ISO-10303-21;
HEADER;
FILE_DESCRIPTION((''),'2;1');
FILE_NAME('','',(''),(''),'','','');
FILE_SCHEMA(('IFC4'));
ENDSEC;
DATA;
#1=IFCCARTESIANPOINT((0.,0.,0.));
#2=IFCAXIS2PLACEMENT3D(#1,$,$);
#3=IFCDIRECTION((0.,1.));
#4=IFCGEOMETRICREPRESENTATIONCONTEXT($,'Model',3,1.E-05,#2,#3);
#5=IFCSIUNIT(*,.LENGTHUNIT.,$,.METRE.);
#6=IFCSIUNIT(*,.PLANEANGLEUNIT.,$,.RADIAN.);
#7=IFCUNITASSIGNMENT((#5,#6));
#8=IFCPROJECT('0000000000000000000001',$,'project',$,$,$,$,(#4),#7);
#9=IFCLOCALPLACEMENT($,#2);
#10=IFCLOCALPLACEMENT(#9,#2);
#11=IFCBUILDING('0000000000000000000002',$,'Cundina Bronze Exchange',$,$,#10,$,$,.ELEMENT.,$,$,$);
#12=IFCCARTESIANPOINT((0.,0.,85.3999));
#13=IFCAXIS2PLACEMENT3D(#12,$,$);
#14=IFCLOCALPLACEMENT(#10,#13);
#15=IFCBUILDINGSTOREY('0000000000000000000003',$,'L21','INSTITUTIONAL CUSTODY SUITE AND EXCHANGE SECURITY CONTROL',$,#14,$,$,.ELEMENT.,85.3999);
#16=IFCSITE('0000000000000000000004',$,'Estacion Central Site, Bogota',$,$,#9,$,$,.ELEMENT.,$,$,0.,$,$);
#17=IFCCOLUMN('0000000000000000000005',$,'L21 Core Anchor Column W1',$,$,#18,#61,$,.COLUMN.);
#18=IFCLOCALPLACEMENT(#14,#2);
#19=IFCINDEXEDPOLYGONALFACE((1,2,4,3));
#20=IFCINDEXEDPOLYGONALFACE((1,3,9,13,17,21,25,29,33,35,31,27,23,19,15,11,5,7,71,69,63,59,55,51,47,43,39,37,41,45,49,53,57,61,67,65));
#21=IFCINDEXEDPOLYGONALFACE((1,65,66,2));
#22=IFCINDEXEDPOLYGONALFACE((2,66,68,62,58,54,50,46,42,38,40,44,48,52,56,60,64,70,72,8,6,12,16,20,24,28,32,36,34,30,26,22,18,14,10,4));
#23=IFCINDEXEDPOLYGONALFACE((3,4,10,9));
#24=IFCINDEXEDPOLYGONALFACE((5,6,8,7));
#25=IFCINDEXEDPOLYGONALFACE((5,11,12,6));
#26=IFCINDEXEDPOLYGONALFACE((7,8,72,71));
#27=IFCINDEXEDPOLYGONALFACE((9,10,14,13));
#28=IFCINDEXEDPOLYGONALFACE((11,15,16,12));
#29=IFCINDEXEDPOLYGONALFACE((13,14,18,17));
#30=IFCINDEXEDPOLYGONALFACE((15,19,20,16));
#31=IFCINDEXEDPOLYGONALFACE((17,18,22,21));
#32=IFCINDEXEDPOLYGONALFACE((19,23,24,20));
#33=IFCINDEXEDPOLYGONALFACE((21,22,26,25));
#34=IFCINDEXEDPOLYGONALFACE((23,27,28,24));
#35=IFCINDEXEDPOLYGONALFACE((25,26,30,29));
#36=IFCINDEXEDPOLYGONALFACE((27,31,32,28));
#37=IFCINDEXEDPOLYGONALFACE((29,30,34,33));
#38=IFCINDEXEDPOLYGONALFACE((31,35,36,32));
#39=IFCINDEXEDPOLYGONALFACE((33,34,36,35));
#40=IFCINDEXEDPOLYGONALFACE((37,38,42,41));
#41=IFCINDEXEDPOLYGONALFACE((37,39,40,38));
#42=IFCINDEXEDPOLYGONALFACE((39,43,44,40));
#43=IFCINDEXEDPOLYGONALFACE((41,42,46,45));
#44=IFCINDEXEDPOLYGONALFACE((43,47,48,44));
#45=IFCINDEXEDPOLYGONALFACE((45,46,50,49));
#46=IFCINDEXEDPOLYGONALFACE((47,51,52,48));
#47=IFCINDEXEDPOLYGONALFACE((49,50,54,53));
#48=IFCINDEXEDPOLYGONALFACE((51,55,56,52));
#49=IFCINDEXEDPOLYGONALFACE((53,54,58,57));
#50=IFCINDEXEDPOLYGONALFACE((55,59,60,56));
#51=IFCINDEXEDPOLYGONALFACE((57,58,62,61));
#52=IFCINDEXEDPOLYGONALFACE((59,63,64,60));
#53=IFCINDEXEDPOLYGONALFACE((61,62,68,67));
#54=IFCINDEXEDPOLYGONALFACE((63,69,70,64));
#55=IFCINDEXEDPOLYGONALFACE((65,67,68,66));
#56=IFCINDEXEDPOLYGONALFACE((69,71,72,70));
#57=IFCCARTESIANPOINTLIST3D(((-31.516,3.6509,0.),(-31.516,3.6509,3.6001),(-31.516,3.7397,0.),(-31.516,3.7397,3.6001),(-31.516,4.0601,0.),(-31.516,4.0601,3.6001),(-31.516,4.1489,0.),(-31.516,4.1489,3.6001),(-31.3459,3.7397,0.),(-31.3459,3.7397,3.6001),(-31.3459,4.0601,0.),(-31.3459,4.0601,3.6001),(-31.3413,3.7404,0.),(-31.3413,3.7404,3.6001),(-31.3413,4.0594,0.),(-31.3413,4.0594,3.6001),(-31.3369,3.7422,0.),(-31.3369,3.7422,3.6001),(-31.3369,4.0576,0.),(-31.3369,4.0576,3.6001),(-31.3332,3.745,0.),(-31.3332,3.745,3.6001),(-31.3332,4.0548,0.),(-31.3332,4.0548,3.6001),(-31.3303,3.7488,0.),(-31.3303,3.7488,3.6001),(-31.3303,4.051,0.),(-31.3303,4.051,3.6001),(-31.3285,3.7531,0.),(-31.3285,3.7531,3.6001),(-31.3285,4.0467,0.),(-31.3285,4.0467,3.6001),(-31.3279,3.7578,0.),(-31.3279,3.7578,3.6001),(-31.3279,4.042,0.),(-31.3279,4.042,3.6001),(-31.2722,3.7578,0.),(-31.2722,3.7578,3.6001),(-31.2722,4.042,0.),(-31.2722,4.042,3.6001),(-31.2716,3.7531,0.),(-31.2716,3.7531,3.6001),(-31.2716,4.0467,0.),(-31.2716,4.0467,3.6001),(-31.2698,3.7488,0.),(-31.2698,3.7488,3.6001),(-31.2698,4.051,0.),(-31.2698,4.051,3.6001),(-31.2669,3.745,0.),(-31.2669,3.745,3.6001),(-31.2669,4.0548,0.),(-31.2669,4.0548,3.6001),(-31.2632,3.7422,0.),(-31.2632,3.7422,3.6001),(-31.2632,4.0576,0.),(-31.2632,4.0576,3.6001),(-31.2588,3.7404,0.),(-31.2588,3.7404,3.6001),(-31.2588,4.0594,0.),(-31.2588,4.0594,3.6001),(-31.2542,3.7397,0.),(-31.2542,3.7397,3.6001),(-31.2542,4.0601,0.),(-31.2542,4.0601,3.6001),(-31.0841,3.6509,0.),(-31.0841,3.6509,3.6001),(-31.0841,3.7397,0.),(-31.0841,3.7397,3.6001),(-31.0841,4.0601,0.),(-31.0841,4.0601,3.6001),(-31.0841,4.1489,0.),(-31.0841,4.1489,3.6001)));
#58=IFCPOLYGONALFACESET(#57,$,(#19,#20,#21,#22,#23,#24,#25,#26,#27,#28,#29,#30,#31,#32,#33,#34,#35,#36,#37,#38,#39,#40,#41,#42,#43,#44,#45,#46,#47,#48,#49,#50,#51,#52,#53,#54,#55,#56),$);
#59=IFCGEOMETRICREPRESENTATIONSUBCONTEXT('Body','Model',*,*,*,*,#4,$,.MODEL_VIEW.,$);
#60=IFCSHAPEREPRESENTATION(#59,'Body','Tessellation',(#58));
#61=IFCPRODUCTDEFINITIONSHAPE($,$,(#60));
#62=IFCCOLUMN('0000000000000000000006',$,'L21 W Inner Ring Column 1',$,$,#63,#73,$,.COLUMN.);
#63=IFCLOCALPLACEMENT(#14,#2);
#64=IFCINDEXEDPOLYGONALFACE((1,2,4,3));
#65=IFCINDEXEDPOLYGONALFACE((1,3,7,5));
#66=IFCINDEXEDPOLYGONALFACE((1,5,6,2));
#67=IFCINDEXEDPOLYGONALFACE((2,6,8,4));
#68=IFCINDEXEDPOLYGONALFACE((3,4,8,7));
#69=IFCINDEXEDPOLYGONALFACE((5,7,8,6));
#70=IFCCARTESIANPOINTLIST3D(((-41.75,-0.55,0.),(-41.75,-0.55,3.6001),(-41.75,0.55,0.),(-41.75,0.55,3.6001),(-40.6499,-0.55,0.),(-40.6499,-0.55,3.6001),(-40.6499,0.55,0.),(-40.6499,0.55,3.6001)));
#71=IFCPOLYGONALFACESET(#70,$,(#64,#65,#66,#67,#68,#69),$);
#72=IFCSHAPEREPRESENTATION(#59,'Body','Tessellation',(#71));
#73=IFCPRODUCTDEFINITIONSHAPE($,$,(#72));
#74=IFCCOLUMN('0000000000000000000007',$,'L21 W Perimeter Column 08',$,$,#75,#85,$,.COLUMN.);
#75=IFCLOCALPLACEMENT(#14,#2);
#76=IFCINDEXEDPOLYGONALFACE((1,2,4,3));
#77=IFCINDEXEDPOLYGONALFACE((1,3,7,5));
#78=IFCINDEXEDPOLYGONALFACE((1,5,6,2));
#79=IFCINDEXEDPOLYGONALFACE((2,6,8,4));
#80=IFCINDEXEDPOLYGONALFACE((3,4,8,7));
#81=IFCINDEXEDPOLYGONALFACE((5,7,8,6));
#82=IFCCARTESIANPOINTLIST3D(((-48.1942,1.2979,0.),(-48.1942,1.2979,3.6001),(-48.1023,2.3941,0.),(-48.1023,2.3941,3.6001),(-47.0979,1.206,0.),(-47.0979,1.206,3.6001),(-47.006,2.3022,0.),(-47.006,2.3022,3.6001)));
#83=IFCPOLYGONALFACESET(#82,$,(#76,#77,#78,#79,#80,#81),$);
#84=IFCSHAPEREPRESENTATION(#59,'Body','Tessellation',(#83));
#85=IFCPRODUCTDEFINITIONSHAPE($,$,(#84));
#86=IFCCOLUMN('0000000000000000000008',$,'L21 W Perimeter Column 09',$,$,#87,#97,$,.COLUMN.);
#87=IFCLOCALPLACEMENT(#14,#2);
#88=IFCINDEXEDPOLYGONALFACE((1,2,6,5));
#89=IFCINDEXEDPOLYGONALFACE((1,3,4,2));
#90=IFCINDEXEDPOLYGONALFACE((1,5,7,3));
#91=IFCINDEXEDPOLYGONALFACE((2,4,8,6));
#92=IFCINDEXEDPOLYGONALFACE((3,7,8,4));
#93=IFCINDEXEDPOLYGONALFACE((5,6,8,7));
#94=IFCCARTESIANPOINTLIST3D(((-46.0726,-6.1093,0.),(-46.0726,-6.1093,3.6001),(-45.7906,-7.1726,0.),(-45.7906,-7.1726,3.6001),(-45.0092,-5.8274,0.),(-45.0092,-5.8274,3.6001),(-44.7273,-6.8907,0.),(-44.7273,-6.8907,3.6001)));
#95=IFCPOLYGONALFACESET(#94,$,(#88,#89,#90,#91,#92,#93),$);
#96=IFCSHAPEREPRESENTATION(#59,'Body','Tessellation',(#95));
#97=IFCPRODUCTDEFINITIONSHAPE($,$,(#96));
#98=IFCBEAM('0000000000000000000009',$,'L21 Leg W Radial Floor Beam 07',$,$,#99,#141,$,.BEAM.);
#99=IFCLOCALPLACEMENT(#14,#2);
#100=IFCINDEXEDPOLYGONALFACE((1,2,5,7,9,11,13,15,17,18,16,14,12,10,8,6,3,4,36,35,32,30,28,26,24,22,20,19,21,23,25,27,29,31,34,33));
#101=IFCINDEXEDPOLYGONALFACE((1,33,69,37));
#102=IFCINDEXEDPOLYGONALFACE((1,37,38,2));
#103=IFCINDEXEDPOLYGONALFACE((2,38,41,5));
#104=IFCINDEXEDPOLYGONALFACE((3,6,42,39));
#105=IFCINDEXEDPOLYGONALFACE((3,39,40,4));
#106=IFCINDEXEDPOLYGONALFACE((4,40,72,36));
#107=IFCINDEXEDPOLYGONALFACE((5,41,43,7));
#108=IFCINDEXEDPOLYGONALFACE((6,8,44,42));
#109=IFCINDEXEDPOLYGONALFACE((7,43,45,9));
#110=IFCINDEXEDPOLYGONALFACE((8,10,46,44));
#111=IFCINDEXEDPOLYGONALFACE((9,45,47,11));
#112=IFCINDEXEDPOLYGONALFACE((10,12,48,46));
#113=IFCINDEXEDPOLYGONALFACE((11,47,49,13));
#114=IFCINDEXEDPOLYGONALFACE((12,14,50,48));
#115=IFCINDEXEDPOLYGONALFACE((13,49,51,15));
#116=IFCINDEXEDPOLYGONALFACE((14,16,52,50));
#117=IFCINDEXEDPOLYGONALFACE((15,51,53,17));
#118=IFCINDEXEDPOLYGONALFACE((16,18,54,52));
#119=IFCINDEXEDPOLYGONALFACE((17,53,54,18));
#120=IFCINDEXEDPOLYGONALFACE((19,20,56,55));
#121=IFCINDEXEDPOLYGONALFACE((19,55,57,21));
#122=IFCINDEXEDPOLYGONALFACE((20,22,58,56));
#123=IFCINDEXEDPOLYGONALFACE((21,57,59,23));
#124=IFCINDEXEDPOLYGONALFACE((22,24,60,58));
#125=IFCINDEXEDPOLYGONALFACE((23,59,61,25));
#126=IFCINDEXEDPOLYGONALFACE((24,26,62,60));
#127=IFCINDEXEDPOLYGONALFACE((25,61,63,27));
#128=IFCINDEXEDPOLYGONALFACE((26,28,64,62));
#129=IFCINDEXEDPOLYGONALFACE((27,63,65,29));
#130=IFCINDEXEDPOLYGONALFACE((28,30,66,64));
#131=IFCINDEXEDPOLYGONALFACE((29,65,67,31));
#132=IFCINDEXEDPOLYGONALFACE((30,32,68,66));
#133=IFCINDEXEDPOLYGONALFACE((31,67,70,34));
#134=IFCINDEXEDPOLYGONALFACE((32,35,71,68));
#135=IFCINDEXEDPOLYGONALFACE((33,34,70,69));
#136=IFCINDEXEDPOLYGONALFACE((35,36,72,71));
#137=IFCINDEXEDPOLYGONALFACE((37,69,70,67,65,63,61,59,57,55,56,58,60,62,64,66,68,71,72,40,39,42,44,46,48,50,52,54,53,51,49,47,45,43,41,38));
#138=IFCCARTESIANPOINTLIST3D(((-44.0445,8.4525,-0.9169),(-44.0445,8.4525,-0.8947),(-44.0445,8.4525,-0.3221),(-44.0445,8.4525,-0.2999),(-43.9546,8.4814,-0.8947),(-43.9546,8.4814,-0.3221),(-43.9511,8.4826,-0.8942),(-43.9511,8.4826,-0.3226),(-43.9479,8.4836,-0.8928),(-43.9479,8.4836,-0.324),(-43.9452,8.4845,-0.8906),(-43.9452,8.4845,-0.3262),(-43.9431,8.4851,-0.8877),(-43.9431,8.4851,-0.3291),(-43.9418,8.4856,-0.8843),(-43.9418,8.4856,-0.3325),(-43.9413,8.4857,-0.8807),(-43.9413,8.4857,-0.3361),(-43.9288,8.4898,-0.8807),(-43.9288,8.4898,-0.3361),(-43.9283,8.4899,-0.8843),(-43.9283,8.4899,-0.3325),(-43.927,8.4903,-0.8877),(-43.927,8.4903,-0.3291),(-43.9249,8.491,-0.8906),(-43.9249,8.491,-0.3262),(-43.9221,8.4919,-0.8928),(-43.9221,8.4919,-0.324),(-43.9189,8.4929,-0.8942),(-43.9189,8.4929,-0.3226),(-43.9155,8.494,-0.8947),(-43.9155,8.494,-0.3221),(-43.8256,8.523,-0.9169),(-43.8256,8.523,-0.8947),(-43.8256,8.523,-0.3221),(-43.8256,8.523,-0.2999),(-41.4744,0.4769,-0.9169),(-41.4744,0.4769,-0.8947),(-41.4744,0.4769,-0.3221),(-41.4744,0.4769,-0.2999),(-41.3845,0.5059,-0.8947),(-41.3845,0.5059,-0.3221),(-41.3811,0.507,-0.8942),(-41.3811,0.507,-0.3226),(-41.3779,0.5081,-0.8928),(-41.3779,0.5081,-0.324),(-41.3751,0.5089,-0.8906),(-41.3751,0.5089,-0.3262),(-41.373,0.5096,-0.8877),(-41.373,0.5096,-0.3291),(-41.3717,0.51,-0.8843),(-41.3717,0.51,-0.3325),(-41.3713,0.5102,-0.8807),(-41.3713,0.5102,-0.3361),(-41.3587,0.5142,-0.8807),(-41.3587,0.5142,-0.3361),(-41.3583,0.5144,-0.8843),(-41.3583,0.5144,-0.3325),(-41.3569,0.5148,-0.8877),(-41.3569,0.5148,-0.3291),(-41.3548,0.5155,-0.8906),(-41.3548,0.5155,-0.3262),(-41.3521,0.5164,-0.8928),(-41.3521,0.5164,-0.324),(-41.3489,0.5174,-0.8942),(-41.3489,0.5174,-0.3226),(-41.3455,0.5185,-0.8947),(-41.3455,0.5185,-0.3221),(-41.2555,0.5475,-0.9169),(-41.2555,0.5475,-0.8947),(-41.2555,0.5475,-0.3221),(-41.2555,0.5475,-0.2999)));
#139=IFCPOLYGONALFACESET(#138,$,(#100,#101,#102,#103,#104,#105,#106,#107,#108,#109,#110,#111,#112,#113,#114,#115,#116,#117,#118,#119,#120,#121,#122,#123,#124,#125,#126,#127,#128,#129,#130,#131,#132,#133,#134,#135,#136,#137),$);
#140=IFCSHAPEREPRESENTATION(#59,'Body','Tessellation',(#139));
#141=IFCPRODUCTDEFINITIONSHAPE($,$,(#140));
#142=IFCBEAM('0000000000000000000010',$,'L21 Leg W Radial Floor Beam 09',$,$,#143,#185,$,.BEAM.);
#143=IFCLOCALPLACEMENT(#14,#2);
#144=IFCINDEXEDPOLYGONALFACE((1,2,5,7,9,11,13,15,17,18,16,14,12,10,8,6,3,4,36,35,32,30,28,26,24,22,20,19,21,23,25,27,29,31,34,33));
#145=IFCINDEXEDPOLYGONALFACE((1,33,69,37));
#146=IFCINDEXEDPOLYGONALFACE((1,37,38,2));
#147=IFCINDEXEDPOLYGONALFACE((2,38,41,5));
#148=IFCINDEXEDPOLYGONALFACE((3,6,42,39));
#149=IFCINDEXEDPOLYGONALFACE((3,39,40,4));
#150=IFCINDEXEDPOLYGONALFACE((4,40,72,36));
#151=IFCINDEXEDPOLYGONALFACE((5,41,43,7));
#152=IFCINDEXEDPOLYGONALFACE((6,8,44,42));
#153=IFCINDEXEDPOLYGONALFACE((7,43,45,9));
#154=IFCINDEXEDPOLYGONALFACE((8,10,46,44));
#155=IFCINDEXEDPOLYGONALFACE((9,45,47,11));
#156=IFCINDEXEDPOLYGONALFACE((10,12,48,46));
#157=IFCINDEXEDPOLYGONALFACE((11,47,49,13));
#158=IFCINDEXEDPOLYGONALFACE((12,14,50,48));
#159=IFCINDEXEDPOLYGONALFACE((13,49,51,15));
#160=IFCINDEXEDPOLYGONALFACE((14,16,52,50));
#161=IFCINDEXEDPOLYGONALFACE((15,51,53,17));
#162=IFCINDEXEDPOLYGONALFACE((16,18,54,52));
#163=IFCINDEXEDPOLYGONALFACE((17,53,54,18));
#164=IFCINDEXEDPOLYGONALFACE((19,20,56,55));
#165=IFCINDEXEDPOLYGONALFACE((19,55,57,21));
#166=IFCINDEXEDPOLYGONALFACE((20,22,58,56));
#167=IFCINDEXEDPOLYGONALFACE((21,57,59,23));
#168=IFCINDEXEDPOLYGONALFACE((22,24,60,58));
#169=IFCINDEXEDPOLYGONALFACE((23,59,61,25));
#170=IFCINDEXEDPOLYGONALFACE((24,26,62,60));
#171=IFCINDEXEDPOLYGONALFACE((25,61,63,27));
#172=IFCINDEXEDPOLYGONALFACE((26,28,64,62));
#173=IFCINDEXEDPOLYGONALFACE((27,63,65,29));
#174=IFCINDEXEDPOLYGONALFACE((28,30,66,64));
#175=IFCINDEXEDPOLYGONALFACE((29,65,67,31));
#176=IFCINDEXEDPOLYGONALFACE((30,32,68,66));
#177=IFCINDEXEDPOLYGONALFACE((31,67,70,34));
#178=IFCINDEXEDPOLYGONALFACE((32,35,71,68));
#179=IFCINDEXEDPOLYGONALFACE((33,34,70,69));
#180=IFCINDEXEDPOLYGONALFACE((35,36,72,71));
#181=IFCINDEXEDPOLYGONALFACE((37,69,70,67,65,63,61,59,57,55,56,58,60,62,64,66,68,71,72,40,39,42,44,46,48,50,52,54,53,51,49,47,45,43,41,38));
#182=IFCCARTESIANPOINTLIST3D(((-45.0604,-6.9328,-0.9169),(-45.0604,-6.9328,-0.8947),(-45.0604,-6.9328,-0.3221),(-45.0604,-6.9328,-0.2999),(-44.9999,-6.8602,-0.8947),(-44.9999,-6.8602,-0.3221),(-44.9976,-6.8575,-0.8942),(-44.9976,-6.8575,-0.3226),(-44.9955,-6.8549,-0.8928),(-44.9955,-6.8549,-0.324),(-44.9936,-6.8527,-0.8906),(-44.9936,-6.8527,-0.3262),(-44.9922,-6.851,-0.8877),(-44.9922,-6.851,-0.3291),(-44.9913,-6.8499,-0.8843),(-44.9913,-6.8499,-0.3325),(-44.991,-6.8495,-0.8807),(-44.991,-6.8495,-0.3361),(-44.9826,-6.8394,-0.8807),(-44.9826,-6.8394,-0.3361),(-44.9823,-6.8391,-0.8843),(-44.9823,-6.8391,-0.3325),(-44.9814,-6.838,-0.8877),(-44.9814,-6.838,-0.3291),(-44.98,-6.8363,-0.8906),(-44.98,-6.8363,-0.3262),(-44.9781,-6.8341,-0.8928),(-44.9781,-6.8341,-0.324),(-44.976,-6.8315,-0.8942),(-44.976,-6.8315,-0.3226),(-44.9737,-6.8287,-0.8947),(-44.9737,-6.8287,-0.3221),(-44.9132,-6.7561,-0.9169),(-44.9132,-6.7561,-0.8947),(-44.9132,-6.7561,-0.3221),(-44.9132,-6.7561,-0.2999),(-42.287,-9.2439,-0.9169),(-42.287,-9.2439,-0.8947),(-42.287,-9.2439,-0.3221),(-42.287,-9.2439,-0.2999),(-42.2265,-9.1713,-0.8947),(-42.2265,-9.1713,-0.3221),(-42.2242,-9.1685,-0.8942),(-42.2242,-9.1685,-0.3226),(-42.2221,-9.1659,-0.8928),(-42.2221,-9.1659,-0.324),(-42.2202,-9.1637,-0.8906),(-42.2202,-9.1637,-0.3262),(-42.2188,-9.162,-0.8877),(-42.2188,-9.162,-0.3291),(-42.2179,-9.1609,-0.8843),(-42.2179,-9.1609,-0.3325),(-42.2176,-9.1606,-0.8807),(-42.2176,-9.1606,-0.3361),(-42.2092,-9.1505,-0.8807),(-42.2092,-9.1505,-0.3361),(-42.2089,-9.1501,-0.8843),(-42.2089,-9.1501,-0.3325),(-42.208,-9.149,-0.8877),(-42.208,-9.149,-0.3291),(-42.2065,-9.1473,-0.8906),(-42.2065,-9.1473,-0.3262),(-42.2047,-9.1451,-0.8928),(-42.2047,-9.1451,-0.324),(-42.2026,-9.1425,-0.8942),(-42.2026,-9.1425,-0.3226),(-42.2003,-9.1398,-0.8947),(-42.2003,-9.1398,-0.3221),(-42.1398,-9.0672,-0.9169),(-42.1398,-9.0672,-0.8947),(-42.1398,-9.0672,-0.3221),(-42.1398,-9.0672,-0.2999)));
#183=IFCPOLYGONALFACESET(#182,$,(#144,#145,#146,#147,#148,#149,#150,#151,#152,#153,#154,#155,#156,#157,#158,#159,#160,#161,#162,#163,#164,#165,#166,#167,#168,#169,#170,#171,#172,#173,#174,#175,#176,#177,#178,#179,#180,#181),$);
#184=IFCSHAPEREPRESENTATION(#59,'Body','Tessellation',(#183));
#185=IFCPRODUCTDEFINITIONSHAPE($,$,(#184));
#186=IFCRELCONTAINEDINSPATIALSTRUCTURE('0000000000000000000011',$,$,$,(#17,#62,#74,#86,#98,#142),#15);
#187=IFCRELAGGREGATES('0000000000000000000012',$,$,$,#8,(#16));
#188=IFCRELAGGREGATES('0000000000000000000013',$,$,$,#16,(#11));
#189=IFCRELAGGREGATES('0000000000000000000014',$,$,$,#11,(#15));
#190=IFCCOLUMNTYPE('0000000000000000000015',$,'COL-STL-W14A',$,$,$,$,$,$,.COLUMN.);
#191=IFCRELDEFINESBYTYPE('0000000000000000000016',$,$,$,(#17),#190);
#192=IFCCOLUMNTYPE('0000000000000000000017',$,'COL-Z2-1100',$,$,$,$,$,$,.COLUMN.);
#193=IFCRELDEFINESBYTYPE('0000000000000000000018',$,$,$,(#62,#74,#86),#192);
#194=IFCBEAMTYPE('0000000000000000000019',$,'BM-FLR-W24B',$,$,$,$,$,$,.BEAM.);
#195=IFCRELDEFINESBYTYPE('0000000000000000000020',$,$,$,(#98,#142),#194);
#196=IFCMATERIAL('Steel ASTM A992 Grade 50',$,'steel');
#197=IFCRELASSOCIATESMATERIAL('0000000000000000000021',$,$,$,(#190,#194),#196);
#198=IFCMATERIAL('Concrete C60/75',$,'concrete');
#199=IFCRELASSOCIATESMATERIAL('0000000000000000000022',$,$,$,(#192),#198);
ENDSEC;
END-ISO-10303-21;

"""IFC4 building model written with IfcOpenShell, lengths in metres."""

from ifc_helpers import new_model, si_unit, direction, frame, origin, origin_2d, place, context, subcontext, project, spatial, rectangle, i_section, extrude, material, material_profile, profile_set, type_object, element, save


model = new_model("IFC4")

# Units and contexts
model_context = context("Model", 3, precision=1e-05, world=origin(), true_north=direction((0.0, 1.0)))
body_context = subcontext(model_context, "Body", "Model", "MODEL_VIEW")
ifc_project = project(units=[si_unit("LENGTHUNIT", "METRE"), si_unit("PLANEANGLEUNIT", "RADIAN")], contexts=[model_context])

# Site, building, storey
site_placement = place(None, origin())
site = spatial("IfcSite", under=ifc_project, at=site_placement, Name="Estacion Central Site, Bogota", CompositionType="ELEMENT", RefElevation=0.0)
building_placement = place(site_placement, origin())
building = spatial("IfcBuilding", under=site, at=building_placement, Name="Cundina Bronze Exchange", CompositionType="ELEMENT")
storey_placement = place(building_placement, frame((0.0, 0.0, 85.3999)))
storey = spatial("IfcBuildingStorey", under=building, at=storey_placement, Name="L21", Description="INSTITUTIONAL CUSTODY SUITE AND EXCHANGE SECURITY CONTROL", CompositionType="ELEMENT", Elevation=85.3999)

# Columns
ifc_material_1 = material(Name="Steel ASTM A992 Grade 50", Category="steel")
ifc_material_profile_1 = material_profile(ifc_material_1, i_section(OverallWidth=0.4319, OverallDepth=0.498, WebThickness=0.0557, FlangeThickness=0.0889, FilletRadius=0.0181, at=origin_2d()), Name="W14X500", Category="steel")
ifc_profile_set_1 = profile_set([ifc_material_profile_1], Name="Steel ASTM A992 Grade 50")
column_type_1 = type_object("IfcColumnType", Name="COL-STL-W14A", PredefinedType="COLUMN", material=ifc_profile_set_1)
column_placement = place(storey_placement, frame((-31.3, 3.8999, 0.0), z_axis=(0.0, 0.0, 1.0), x_axis=(1.0, 0.0, 0.0)))
element("IfcColumn", 1, at=column_placement, inside=storey, type_object=column_type_1, Name="L21 Core Anchor Column W1", PredefinedType="COLUMN", context=body_context, shape_type="SweptSolid", body=[
    extrude(i_section(OverallWidth=0.4319, OverallDepth=0.498, WebThickness=0.0557, FlangeThickness=0.0889, FilletRadius=0.0181, at=origin_2d()), origin(), (0.0, 0.0, 1.0), 3.6001),
])
ifc_material_2 = material(Name="Concrete C60/75", Category="concrete")
ifc_material_profile_2 = material_profile(ifc_material_2, rectangle(XDim=1.1001, YDim=1.1001, at=origin_2d()), Name="RC1100X1100", Category="concrete")
ifc_profile_set_2 = profile_set([ifc_material_profile_2], Name="Concrete C60/75")
column_type_2 = type_object("IfcColumnType", Name="COL-Z2-1100", PredefinedType="COLUMN", material=ifc_profile_set_2)
for number, where, z_axis, x_axis, name in (
    (2, (-41.2, 0.0, 0.0), (0.0, 0.0, 1.0), (1.0, 0.0, 0.0), "L21 W Inner Ring Column 1"),
    (3, (-47.6001, 1.8, 0.0), (0.0, 0.0, 1.0), (-0.083504, -0.996507, 0.0), "L21 W Perimeter Column 08"),
    (4, (-45.3999, -6.5, 0.0), (0.0, 0.0, 1.0), (0.256289, -0.9666, 0.0), "L21 W Perimeter Column 09"),
):
    element("IfcColumn", number, at=place(storey_placement, frame(where, z_axis=z_axis, x_axis=x_axis)), inside=storey, type_object=column_type_2, Name=name, PredefinedType="COLUMN", context=body_context, shape_type="SweptSolid", body=[
        extrude(rectangle(XDim=1.1001, YDim=1.1001, at=origin_2d()), origin(), (0.0, 0.0, 1.0), 3.6001),
    ])

# Beams
ifc_material_profile_3 = material_profile(ifc_material_1, i_section(OverallWidth=0.23, OverallDepth=0.6169, WebThickness=0.0132, FlangeThickness=0.0222, FilletRadius=0.0139, at=origin_2d()), Name="W24X94", Category="steel")
ifc_profile_set_3 = profile_set([ifc_material_profile_3], Name="Steel ASTM A992 Grade 50")
beam_type_1 = type_object("IfcBeamType", Name="BM-FLR-W24B", PredefinedType="BEAM", material=ifc_profile_set_3)
beam_1_placement = place(storey_placement, frame((-41.365, 0.5122, -0.6084), z_axis=(-0.306711, 0.951803, 0.0), x_axis=(-0.951803, -0.306711, 0.0)))
element("IfcBeam", 5, at=beam_1_placement, inside=storey, type_object=beam_type_1, Name="L21 Leg W Radial Floor Beam 07", PredefinedType="BEAM", context=body_context, shape_type="SweptSolid", body=[
    extrude(i_section(OverallWidth=0.23, OverallDepth=0.6169, WebThickness=0.0132, FlangeThickness=0.0222, FilletRadius=0.0139, at=origin_2d()), origin(), (0.0, 0.0, 1.0), 8.3794),
])
beam_2_placement = place(storey_placement, frame((-42.2134, -9.1555, -0.6084), z_axis=(-0.768243, 0.640158, 0.0), x_axis=(-0.640158, -0.768243, 0.0)))
element("IfcBeam", 6, at=beam_2_placement, inside=storey, type_object=beam_type_1, Name="L21 Leg W Radial Floor Beam 09", PredefinedType="BEAM", context=body_context, shape_type="SweptSolid", body=[
    extrude(i_section(OverallWidth=0.23, OverallDepth=0.6169, WebThickness=0.0132, FlangeThickness=0.0222, FilletRadius=0.0139, at=origin_2d()), origin(), (0.0, 0.0, 1.0), 3.6101),
])

save(model, "model.ifc")
